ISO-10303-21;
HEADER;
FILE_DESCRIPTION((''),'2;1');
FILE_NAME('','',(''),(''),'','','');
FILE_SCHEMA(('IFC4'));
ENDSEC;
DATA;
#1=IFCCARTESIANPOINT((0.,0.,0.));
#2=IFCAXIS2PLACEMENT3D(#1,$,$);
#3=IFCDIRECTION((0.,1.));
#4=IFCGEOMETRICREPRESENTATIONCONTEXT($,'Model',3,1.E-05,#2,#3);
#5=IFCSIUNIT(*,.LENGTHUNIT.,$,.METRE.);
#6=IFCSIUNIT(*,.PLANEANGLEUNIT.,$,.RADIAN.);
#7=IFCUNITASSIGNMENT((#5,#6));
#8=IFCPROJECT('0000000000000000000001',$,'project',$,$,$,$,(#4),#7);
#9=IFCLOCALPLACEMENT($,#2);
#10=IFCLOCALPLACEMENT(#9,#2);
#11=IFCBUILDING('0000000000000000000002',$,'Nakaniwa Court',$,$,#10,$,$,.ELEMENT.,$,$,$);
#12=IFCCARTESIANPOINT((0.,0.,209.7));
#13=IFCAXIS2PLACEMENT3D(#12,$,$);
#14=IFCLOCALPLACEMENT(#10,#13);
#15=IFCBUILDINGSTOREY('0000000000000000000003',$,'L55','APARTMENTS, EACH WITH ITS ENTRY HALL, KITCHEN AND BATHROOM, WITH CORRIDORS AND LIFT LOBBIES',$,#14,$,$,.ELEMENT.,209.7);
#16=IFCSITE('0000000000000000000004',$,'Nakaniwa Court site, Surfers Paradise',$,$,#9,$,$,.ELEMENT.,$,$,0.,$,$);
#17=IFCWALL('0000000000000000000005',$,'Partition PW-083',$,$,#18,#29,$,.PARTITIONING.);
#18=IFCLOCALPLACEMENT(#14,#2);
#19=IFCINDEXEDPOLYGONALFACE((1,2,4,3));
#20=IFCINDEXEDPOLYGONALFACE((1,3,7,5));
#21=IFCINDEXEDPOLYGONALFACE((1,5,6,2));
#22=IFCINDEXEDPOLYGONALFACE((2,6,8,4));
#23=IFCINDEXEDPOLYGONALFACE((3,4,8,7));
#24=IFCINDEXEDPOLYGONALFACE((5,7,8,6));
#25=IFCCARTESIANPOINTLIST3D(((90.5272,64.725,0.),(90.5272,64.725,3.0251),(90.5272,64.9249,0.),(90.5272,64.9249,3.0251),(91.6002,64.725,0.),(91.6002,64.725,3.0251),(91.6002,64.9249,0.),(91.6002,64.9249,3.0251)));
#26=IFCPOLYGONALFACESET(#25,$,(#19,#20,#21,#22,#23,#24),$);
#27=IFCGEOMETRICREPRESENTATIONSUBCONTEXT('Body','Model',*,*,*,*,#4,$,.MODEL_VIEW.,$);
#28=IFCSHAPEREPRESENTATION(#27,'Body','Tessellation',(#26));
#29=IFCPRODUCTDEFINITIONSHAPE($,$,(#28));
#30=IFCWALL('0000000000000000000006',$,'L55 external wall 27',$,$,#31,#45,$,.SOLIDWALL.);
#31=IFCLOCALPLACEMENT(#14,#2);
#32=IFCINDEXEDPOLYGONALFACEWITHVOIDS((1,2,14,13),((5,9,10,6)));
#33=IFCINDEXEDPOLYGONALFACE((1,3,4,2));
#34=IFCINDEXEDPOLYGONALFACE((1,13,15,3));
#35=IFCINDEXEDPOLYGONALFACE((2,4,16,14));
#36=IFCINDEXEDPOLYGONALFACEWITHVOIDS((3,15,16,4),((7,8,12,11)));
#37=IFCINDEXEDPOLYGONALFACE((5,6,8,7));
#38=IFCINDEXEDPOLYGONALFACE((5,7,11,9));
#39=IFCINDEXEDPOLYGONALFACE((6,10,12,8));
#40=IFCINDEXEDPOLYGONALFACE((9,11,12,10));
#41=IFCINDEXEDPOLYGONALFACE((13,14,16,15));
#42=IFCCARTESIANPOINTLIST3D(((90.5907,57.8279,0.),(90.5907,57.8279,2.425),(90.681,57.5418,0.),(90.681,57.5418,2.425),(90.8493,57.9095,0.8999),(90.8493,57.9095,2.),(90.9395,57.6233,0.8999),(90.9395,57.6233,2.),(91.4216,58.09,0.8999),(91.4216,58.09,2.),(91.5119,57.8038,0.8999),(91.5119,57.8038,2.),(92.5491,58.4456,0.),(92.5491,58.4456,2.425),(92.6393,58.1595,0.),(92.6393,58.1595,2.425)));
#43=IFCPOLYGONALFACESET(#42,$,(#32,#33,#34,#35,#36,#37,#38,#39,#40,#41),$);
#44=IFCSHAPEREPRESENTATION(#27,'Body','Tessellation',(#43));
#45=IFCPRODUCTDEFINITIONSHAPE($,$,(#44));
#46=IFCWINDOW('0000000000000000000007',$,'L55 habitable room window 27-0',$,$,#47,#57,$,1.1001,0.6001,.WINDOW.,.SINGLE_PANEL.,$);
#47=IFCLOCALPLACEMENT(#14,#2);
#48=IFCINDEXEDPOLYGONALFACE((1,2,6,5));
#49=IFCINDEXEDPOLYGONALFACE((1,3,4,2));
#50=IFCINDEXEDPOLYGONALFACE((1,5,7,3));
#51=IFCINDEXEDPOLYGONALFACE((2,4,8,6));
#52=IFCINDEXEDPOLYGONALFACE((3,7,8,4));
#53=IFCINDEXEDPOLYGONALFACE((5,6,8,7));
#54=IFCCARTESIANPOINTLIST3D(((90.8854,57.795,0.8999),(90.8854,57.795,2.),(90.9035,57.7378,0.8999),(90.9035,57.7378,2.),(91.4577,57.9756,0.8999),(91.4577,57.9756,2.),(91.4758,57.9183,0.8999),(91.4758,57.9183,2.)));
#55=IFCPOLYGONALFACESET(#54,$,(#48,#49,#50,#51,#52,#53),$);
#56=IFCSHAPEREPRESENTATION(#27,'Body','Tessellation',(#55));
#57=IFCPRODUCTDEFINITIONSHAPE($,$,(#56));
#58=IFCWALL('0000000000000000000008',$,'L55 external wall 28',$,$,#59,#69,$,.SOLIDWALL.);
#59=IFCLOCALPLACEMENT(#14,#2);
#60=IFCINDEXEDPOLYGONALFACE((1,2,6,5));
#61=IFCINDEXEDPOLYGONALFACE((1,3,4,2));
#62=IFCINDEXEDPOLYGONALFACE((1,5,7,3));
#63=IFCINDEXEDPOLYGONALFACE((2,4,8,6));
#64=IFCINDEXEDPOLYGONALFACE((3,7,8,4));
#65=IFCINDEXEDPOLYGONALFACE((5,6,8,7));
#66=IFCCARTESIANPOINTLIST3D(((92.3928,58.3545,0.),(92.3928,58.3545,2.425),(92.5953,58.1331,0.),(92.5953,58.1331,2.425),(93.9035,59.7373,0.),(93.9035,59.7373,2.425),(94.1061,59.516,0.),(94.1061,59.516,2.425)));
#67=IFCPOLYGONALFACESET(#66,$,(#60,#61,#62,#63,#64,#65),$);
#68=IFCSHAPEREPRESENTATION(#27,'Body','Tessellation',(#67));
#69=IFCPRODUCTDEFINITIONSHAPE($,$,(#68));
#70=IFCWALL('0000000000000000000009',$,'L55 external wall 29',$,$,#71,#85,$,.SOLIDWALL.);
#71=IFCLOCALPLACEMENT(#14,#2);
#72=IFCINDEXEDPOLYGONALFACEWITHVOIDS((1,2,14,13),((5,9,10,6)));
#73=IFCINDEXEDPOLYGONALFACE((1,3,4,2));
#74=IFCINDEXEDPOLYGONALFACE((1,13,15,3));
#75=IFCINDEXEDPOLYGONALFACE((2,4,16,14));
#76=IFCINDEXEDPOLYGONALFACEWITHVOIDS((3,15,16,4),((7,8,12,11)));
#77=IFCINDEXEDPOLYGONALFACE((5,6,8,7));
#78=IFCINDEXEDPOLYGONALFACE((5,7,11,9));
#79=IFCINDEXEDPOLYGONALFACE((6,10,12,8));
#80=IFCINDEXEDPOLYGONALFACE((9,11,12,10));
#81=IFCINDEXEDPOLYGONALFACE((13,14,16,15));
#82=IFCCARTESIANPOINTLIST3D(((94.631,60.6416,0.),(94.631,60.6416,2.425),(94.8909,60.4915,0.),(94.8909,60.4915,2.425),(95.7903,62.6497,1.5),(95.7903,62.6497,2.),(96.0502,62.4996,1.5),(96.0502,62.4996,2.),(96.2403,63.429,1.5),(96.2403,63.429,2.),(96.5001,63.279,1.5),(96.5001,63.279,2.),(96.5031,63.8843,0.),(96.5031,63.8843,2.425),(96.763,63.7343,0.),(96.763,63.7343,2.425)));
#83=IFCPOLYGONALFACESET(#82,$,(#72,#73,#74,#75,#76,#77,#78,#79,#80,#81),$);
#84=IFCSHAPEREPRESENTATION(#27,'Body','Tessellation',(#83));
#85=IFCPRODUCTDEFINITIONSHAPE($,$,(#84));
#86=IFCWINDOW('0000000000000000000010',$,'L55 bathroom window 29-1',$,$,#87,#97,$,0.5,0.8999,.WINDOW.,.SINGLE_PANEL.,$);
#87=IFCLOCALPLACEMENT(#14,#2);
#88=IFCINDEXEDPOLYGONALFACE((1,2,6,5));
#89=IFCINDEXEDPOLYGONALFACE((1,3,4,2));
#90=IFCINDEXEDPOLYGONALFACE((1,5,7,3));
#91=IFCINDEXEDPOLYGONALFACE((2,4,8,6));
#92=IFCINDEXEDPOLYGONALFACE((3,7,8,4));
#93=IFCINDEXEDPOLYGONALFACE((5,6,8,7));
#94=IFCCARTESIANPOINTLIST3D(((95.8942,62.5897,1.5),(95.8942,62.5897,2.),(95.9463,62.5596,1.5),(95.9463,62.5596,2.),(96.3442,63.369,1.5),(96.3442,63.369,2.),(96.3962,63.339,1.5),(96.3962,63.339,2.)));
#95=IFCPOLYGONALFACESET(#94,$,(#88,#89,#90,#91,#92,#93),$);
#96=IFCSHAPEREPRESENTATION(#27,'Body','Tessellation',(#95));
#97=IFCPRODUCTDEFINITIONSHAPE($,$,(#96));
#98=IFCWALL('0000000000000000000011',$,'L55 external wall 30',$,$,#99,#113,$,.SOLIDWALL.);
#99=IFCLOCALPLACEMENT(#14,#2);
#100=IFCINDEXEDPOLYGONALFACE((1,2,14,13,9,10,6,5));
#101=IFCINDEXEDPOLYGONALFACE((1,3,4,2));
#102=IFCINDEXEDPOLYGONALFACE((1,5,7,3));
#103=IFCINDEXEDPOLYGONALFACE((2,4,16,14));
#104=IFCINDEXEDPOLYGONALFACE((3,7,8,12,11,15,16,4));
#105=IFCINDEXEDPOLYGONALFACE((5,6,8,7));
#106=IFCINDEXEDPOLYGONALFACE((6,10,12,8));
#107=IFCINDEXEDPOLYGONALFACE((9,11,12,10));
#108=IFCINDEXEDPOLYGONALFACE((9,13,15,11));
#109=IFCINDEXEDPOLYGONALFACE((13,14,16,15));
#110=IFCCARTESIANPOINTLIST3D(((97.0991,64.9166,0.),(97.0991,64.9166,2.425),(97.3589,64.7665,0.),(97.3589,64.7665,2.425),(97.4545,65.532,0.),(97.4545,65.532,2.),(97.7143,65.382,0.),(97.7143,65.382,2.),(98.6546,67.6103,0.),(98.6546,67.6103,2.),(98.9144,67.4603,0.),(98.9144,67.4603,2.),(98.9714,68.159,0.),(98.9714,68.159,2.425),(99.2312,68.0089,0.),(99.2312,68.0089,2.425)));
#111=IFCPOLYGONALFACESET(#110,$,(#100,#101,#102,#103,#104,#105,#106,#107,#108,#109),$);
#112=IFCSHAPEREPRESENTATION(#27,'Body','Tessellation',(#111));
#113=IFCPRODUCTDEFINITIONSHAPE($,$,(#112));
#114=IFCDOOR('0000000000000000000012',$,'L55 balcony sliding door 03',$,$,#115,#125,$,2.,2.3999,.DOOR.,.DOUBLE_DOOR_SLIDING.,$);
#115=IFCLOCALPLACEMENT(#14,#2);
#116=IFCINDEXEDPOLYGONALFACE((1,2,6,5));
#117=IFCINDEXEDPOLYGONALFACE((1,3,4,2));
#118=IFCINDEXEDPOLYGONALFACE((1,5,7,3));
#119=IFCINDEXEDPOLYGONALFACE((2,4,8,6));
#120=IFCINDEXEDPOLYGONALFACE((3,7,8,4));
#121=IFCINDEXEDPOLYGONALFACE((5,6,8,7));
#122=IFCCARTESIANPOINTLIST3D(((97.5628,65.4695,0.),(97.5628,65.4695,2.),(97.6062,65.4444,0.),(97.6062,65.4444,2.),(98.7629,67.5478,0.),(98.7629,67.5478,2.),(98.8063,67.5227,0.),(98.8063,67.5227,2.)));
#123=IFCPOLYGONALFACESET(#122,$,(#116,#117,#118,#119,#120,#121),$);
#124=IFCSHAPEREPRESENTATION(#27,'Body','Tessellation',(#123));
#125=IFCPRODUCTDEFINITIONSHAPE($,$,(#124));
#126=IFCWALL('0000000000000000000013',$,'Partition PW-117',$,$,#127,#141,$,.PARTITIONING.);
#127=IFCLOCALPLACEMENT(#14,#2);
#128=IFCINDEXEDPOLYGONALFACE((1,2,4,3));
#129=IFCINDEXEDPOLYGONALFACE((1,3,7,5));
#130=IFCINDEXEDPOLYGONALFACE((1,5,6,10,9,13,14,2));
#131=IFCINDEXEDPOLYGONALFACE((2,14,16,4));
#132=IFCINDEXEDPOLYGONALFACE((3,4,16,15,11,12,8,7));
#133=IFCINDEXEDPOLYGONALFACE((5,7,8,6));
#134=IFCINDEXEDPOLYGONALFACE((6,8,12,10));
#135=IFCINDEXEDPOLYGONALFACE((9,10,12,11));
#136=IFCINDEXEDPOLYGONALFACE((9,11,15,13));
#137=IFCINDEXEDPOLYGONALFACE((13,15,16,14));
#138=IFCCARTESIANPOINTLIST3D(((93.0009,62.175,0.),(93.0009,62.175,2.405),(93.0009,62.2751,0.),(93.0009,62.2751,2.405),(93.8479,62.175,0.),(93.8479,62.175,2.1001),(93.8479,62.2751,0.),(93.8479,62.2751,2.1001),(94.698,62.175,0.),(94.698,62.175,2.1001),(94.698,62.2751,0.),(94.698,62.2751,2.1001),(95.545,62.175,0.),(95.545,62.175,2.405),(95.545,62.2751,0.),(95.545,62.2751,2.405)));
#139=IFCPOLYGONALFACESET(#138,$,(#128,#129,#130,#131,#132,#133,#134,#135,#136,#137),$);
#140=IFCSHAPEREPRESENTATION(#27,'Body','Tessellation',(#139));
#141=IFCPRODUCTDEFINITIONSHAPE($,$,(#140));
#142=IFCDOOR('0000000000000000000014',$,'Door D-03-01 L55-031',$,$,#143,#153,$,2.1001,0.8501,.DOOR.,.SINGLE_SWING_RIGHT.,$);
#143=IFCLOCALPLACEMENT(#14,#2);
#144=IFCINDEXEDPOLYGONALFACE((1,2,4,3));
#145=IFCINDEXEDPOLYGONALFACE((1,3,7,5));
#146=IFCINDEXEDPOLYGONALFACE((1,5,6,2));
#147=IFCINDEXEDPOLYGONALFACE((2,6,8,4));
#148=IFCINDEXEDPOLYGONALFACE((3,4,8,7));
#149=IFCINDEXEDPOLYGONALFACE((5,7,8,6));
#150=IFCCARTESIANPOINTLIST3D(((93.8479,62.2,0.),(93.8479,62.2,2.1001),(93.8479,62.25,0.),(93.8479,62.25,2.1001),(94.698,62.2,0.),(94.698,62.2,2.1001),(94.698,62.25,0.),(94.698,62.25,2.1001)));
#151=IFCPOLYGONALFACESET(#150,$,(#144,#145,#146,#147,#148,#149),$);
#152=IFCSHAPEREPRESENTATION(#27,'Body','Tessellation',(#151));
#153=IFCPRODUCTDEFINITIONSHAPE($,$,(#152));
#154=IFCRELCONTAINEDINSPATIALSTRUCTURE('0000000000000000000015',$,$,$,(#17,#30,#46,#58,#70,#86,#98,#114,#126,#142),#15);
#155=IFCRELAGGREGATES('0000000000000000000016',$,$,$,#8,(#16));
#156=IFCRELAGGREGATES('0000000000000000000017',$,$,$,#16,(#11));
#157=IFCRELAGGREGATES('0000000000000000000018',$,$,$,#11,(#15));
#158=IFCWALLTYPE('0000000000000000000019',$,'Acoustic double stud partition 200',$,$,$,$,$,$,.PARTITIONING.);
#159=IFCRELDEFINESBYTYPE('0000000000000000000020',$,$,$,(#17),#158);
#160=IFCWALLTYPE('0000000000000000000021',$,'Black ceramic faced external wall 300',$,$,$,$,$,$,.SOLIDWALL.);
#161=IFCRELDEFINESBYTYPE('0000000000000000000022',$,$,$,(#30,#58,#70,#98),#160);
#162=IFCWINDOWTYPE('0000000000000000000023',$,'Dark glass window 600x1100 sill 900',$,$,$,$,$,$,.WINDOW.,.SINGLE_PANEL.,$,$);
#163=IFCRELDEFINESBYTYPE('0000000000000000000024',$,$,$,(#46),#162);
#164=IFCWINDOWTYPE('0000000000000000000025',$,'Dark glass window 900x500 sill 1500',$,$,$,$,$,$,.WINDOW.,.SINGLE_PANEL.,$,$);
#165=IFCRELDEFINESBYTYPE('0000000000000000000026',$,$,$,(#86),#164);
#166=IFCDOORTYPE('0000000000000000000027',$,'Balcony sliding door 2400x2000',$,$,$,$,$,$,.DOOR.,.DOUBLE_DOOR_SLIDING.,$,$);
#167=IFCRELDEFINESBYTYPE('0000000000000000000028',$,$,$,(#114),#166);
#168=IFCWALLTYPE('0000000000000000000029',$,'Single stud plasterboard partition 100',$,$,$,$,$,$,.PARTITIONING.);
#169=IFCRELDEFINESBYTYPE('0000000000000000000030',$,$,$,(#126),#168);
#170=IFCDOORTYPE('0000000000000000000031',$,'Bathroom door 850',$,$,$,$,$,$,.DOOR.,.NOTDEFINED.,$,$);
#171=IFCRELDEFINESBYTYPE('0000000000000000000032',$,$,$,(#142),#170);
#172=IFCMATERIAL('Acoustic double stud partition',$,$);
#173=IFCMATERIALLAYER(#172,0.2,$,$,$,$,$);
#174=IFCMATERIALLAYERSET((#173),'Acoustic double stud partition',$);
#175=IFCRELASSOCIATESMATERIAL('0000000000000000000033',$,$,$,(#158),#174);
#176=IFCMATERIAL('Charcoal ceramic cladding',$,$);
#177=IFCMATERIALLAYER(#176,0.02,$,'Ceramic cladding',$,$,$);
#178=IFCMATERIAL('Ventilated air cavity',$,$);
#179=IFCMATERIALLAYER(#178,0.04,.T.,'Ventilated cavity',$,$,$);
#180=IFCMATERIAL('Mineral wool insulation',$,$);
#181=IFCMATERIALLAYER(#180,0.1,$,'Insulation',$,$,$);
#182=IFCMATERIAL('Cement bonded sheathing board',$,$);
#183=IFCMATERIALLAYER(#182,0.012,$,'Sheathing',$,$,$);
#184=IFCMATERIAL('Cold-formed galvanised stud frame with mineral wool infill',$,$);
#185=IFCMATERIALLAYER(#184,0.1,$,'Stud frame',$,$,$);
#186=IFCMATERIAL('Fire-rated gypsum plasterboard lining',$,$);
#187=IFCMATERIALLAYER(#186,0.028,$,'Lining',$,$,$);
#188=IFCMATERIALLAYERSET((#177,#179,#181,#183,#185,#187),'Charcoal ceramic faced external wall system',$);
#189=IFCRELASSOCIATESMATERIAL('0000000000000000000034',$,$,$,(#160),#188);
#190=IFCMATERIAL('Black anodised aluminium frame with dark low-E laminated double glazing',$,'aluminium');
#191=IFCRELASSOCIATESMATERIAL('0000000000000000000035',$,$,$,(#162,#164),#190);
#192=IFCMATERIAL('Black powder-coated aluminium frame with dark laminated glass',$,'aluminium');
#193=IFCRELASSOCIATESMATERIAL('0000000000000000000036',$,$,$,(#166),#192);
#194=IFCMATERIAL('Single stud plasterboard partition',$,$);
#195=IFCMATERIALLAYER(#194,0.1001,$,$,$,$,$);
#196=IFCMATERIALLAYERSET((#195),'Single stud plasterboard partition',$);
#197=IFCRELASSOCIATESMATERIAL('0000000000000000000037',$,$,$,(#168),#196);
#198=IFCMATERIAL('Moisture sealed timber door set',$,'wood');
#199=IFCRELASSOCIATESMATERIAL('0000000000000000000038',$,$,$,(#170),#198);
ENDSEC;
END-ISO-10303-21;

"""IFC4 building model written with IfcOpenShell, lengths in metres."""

from ifc_helpers import new_model, si_unit, direction, frame, frame_2d, origin, place, context, subcontext, project, spatial, rectangle, extrude, material, layer, layer_set, type_object, element, fill, save


model = new_model("IFC4")

# Units and contexts
model_context = context("Model", 3, precision=1e-05, world=origin(), true_north=direction((0.0, 1.0)))
body_context = subcontext(model_context, "Body", "Model", "MODEL_VIEW")
ifc_project = project(units=[si_unit("LENGTHUNIT", "METRE"), si_unit("PLANEANGLEUNIT", "RADIAN")], contexts=[model_context])

# Site, building, storey
site_placement = place(None, origin())
site = spatial("IfcSite", under=ifc_project, at=site_placement, Name="Nakaniwa Court site, Surfers Paradise", CompositionType="ELEMENT", RefElevation=0.0)
building_placement = place(site_placement, origin())
building = spatial("IfcBuilding", under=site, at=building_placement, Name="Nakaniwa Court", CompositionType="ELEMENT")
storey_placement = place(building_placement, frame((0.0, 0.0, 209.7)))
storey = spatial("IfcBuildingStorey", under=building, at=storey_placement, Name="L55", Description="APARTMENTS, EACH WITH ITS ENTRY HALL, KITCHEN AND BATHROOM, WITH CORRIDORS AND LIFT LOBBIES", CompositionType="ELEMENT", Elevation=209.7)

# Shared definitions
ifc_material_1 = material(Name="Acoustic double stud partition")
ifc_layer_1 = layer(ifc_material_1, 0.2)
ifc_layer_set_1 = layer_set([ifc_layer_1], Name="Acoustic double stud partition")
wall_type_1 = type_object("IfcWallType", Name="Acoustic double stud partition 200", PredefinedType="PARTITIONING", material=ifc_layer_set_1)

# Wall
wall_1_placement = place(storey_placement, frame((90.5271, 64.825, 0.0), z_axis=(0.0, 0.0, 1.0), x_axis=(1.0, 0.0, 0.0)))
element("IfcWall", 1, at=wall_1_placement, inside=storey, type_object=wall_type_1, Name="Partition PW-083", PredefinedType="PARTITIONING", context=body_context, shape_type="SweptSolid", body=[
    extrude(rectangle(XDim=1.073, YDim=0.2, at=frame_2d((0.5366, 0.0))), origin(), (0.0, 0.0, 1.0), 3.0251),
])

# Wall, opening, window
ifc_material_2 = material(Name="Charcoal ceramic cladding")
ifc_layer_2 = layer(ifc_material_2, 0.02, Name="Ceramic cladding")
ifc_material_3 = material(Name="Ventilated air cavity")
ifc_layer_3 = layer(ifc_material_3, 0.04, ventilated=True, Name="Ventilated cavity")
ifc_material_4 = material(Name="Mineral wool insulation")
ifc_layer_4 = layer(ifc_material_4, 0.1, Name="Insulation")
ifc_material_5 = material(Name="Cement bonded sheathing board")
ifc_layer_5 = layer(ifc_material_5, 0.012, Name="Sheathing")
ifc_material_6 = material(Name="Cold-formed galvanised stud frame with mineral wool infill")
ifc_layer_6 = layer(ifc_material_6, 0.1, Name="Stud frame")
ifc_material_7 = material(Name="Fire-rated gypsum plasterboard lining")
ifc_layer_7 = layer(ifc_material_7, 0.028, Name="Lining")
ifc_layer_set_2 = layer_set([ifc_layer_2, ifc_layer_3, ifc_layer_4, ifc_layer_5, ifc_layer_6, ifc_layer_7], Name="Charcoal ceramic faced external wall system")
wall_type_2 = type_object("IfcWallType", Name="Black ceramic faced external wall 300", PredefinedType="SOLIDWALL", material=ifc_layer_set_2)
wall_2_placement = place(storey_placement, frame((90.6357, 57.6848, 0.0), z_axis=(0.0, 0.0, 1.0), x_axis=(0.953683, 0.300813, 0.0)))
wall_2 = element("IfcWall", 2, at=wall_2_placement, inside=storey, type_object=wall_type_2, Name="L55 external wall 27", PredefinedType="SOLIDWALL", context=body_context, shape_type="SweptSolid", body=[
    extrude(rectangle(XDim=2.0535, YDim=0.3, at=frame_2d((1.0269, 0.0))), origin(), (0.0, 0.0, 1.0), 2.425),
])
opening_1_placement = place(wall_2_placement, frame((0.2712, 0.0, 0.8999)))
opening_1 = element("IfcOpeningElement", 3, at=opening_1_placement, cuts=wall_2, PredefinedType="OPENING", context=body_context, shape_type="SweptSolid", body=[
    extrude(rectangle(XDim=0.6001, YDim=1.1001, at=frame_2d((0.3, 0.55))), frame((0.0, 0.1599, 0.0), z_axis=(0.0, -1.0, 0.0), x_axis=(1.0, 0.0, 0.0)), (0.0, 0.0, 1.0), 0.3201),
])
ifc_material_8 = material(Name="Black anodised aluminium frame with dark low-E laminated double glazing", Category="aluminium")
window_type_1 = type_object("IfcWindowType", Name="Dark glass window 600x1100 sill 900", PartitioningType="SINGLE_PANEL", PredefinedType="WINDOW", material=ifc_material_8)
window_1_placement = place(opening_1_placement, origin())
window_1 = element("IfcWindow", 4, at=window_1_placement, inside=storey, type_object=window_type_1, Name="L55 habitable room window 27-0", OverallHeight=1.1001, OverallWidth=0.6001, PartitioningType="SINGLE_PANEL", PredefinedType="WINDOW", context=body_context, shape_type="SweptSolid", body=[
    extrude(rectangle(XDim=0.6001, YDim=1.1001, at=frame_2d((0.3, 0.55))), frame((0.0, 0.03, 0.0), z_axis=(0.0, -1.0, 0.0), x_axis=(1.0, 0.0, 0.0)), (0.0, 0.0, 1.0), 0.0601),
])
fill(opening_1, window_1)

# Wall
wall_3_placement = place(storey_placement, frame((92.4941, 58.2439, 0.0), z_axis=(0.0, 0.0, 1.0), x_axis=(0.737649, 0.675185, 0.0)))
element("IfcWall", 5, at=wall_3_placement, inside=storey, type_object=wall_type_2, Name="L55 external wall 28", PredefinedType="SOLIDWALL", context=body_context, shape_type="SweptSolid", body=[
    extrude(rectangle(XDim=2.0481, YDim=0.3, at=frame_2d((1.0239, 0.0))), origin(), (0.0, 0.0, 1.0), 2.425),
])

# Wall, opening, window
wall_4_placement = place(storey_placement, frame((94.761, 60.5667, 0.0), z_axis=(0.0, 0.0, 1.0), x_axis=(0.499982, 0.866036, 0.0)))
wall_4 = element("IfcWall", 6, at=wall_4_placement, inside=storey, type_object=wall_type_2, Name="L55 external wall 29", PredefinedType="SOLIDWALL", context=body_context, shape_type="SweptSolid", body=[
    extrude(rectangle(XDim=3.7444, YDim=0.3, at=frame_2d((1.8721, 0.0))), origin(), (0.0, 0.0, 1.0), 2.425),
])
opening_2_placement = place(wall_4_placement, frame((2.3186, 0.0, 1.5)))
opening_2 = element("IfcOpeningElement", 7, at=opening_2_placement, cuts=wall_4, PredefinedType="OPENING", context=body_context, shape_type="SweptSolid", body=[
    extrude(rectangle(XDim=0.8999, YDim=0.5, at=frame_2d((0.45, 0.25))), frame((0.0, 0.1599, 0.0), z_axis=(0.0, -1.0, 0.0), x_axis=(1.0, 0.0, 0.0)), (0.0, 0.0, 1.0), 0.3201),
])
window_type_2 = type_object("IfcWindowType", Name="Dark glass window 900x500 sill 1500", PartitioningType="SINGLE_PANEL", PredefinedType="WINDOW", material=ifc_material_8)
window_2_placement = place(opening_2_placement, origin())
window_2 = element("IfcWindow", 8, at=window_2_placement, inside=storey, type_object=window_type_2, Name="L55 bathroom window 29-1", OverallHeight=0.5, OverallWidth=0.8999, PartitioningType="SINGLE_PANEL", PredefinedType="WINDOW", context=body_context, shape_type="SweptSolid", body=[
    extrude(rectangle(XDim=0.8999, YDim=0.5, at=frame_2d((0.45, 0.25))), frame((0.0, 0.03, 0.0), z_axis=(0.0, -1.0, 0.0), x_axis=(1.0, 0.0, 0.0)), (0.0, 0.0, 1.0), 0.0601),
])
fill(opening_2, window_2)

# Walls, openings, doors
wall_5_placement = place(storey_placement, frame((97.229, 64.8416, 0.0), z_axis=(0.0, 0.0, 1.0), x_axis=(0.500059, 0.865991, 0.0)))
wall_5 = element("IfcWall", 9, at=wall_5_placement, inside=storey, type_object=wall_type_2, Name="L55 external wall 30", PredefinedType="SOLIDWALL", context=body_context, shape_type="SweptSolid", body=[
    extrude(rectangle(XDim=3.7441, YDim=0.3, at=frame_2d((1.8721, 0.0))), origin(), (0.0, 0.0, 1.0), 2.425),
])
opening_3_placement = place(wall_5_placement, frame((0.7107, 0.0, 0.0)))
opening_3 = element("IfcOpeningElement", 10, at=opening_3_placement, cuts=wall_5, PredefinedType="OPENING", context=body_context, shape_type="SweptSolid", body=[
    extrude(rectangle(XDim=2.3999, YDim=2.0, at=frame_2d((1.2, 1.0))), frame((0.0, 0.1599, 0.0), z_axis=(0.0, -1.0, 0.0), x_axis=(1.0, 0.0, 0.0)), (0.0, 0.0, 1.0), 0.3201),
])
ifc_material_9 = material(Name="Black powder-coated aluminium frame with dark laminated glass", Category="aluminium")
door_type_1 = type_object("IfcDoorType", Name="Balcony sliding door 2400x2000", OperationType="DOUBLE_DOOR_SLIDING", PredefinedType="DOOR", material=ifc_material_9)
door_1_placement = place(opening_3_placement, origin())
door_1 = element("IfcDoor", 11, at=door_1_placement, inside=storey, type_object=door_type_1, Name="L55 balcony sliding door 03", OperationType="DOUBLE_DOOR_SLIDING", OverallHeight=2.0, OverallWidth=2.3999, PredefinedType="DOOR", context=body_context, shape_type="SweptSolid", body=[
    extrude(rectangle(XDim=2.3999, YDim=2.0, at=frame_2d((1.2, 1.0))), frame((0.0, 0.0249, 0.0), z_axis=(0.0, -1.0, 0.0), x_axis=(1.0, 0.0, 0.0)), (0.0, 0.0, 1.0), 0.05),
])
fill(opening_3, door_1)
ifc_material_10 = material(Name="Single stud plasterboard partition")
ifc_layer_8 = layer(ifc_material_10, 0.1001)
ifc_layer_set_3 = layer_set([ifc_layer_8], Name="Single stud plasterboard partition")
wall_type_3 = type_object("IfcWallType", Name="Single stud plasterboard partition 100", PredefinedType="PARTITIONING", material=ifc_layer_set_3)
wall_6_placement = place(storey_placement, frame((93.001, 62.2251, 0.0), z_axis=(0.0, 0.0, 1.0), x_axis=(1.0, 0.0, 0.0)))
wall_6 = element("IfcWall", 12, at=wall_6_placement, inside=storey, type_object=wall_type_3, Name="Partition PW-117", PredefinedType="PARTITIONING", context=body_context, shape_type="SweptSolid", body=[
    extrude(rectangle(XDim=2.5442, YDim=0.1001, at=frame_2d((1.272, 0.0))), origin(), (0.0, 0.0, 1.0), 2.405),
])
opening_4_placement = place(wall_6_placement, frame((0.8469, 0.0, 0.0)))
opening_4 = element("IfcOpeningElement", 13, at=opening_4_placement, cuts=wall_6, PredefinedType="OPENING", context=body_context, shape_type="SweptSolid", body=[
    extrude(rectangle(XDim=0.8501, YDim=2.1001, at=frame_2d((0.425, 1.05))), frame((0.0, 0.0601, 0.0), z_axis=(0.0, -1.0, 0.0), x_axis=(1.0, 0.0, 0.0)), (0.0, 0.0, 1.0), 0.1201),
])
ifc_material_11 = material(Name="Moisture sealed timber door set", Category="wood")
door_type_2 = type_object("IfcDoorType", Name="Bathroom door 850", OperationType="NOTDEFINED", PredefinedType="DOOR", material=ifc_material_11)
door_2_placement = place(opening_4_placement, origin())
door_2 = element("IfcDoor", 14, at=door_2_placement, inside=storey, type_object=door_type_2, Name="Door D-03-01 L55-031", OperationType="SINGLE_SWING_RIGHT", OverallHeight=2.1001, OverallWidth=0.8501, PredefinedType="DOOR", context=body_context, shape_type="SweptSolid", body=[
    extrude(rectangle(XDim=0.8501, YDim=2.1001, at=frame_2d((0.425, 1.05))), frame((0.0, 0.0249, 0.0), z_axis=(0.0, -1.0, 0.0), x_axis=(1.0, 0.0, 0.0)), (0.0, 0.0, 1.0), 0.05),
])
fill(opening_4, door_2)

save(model, "model.ifc")
